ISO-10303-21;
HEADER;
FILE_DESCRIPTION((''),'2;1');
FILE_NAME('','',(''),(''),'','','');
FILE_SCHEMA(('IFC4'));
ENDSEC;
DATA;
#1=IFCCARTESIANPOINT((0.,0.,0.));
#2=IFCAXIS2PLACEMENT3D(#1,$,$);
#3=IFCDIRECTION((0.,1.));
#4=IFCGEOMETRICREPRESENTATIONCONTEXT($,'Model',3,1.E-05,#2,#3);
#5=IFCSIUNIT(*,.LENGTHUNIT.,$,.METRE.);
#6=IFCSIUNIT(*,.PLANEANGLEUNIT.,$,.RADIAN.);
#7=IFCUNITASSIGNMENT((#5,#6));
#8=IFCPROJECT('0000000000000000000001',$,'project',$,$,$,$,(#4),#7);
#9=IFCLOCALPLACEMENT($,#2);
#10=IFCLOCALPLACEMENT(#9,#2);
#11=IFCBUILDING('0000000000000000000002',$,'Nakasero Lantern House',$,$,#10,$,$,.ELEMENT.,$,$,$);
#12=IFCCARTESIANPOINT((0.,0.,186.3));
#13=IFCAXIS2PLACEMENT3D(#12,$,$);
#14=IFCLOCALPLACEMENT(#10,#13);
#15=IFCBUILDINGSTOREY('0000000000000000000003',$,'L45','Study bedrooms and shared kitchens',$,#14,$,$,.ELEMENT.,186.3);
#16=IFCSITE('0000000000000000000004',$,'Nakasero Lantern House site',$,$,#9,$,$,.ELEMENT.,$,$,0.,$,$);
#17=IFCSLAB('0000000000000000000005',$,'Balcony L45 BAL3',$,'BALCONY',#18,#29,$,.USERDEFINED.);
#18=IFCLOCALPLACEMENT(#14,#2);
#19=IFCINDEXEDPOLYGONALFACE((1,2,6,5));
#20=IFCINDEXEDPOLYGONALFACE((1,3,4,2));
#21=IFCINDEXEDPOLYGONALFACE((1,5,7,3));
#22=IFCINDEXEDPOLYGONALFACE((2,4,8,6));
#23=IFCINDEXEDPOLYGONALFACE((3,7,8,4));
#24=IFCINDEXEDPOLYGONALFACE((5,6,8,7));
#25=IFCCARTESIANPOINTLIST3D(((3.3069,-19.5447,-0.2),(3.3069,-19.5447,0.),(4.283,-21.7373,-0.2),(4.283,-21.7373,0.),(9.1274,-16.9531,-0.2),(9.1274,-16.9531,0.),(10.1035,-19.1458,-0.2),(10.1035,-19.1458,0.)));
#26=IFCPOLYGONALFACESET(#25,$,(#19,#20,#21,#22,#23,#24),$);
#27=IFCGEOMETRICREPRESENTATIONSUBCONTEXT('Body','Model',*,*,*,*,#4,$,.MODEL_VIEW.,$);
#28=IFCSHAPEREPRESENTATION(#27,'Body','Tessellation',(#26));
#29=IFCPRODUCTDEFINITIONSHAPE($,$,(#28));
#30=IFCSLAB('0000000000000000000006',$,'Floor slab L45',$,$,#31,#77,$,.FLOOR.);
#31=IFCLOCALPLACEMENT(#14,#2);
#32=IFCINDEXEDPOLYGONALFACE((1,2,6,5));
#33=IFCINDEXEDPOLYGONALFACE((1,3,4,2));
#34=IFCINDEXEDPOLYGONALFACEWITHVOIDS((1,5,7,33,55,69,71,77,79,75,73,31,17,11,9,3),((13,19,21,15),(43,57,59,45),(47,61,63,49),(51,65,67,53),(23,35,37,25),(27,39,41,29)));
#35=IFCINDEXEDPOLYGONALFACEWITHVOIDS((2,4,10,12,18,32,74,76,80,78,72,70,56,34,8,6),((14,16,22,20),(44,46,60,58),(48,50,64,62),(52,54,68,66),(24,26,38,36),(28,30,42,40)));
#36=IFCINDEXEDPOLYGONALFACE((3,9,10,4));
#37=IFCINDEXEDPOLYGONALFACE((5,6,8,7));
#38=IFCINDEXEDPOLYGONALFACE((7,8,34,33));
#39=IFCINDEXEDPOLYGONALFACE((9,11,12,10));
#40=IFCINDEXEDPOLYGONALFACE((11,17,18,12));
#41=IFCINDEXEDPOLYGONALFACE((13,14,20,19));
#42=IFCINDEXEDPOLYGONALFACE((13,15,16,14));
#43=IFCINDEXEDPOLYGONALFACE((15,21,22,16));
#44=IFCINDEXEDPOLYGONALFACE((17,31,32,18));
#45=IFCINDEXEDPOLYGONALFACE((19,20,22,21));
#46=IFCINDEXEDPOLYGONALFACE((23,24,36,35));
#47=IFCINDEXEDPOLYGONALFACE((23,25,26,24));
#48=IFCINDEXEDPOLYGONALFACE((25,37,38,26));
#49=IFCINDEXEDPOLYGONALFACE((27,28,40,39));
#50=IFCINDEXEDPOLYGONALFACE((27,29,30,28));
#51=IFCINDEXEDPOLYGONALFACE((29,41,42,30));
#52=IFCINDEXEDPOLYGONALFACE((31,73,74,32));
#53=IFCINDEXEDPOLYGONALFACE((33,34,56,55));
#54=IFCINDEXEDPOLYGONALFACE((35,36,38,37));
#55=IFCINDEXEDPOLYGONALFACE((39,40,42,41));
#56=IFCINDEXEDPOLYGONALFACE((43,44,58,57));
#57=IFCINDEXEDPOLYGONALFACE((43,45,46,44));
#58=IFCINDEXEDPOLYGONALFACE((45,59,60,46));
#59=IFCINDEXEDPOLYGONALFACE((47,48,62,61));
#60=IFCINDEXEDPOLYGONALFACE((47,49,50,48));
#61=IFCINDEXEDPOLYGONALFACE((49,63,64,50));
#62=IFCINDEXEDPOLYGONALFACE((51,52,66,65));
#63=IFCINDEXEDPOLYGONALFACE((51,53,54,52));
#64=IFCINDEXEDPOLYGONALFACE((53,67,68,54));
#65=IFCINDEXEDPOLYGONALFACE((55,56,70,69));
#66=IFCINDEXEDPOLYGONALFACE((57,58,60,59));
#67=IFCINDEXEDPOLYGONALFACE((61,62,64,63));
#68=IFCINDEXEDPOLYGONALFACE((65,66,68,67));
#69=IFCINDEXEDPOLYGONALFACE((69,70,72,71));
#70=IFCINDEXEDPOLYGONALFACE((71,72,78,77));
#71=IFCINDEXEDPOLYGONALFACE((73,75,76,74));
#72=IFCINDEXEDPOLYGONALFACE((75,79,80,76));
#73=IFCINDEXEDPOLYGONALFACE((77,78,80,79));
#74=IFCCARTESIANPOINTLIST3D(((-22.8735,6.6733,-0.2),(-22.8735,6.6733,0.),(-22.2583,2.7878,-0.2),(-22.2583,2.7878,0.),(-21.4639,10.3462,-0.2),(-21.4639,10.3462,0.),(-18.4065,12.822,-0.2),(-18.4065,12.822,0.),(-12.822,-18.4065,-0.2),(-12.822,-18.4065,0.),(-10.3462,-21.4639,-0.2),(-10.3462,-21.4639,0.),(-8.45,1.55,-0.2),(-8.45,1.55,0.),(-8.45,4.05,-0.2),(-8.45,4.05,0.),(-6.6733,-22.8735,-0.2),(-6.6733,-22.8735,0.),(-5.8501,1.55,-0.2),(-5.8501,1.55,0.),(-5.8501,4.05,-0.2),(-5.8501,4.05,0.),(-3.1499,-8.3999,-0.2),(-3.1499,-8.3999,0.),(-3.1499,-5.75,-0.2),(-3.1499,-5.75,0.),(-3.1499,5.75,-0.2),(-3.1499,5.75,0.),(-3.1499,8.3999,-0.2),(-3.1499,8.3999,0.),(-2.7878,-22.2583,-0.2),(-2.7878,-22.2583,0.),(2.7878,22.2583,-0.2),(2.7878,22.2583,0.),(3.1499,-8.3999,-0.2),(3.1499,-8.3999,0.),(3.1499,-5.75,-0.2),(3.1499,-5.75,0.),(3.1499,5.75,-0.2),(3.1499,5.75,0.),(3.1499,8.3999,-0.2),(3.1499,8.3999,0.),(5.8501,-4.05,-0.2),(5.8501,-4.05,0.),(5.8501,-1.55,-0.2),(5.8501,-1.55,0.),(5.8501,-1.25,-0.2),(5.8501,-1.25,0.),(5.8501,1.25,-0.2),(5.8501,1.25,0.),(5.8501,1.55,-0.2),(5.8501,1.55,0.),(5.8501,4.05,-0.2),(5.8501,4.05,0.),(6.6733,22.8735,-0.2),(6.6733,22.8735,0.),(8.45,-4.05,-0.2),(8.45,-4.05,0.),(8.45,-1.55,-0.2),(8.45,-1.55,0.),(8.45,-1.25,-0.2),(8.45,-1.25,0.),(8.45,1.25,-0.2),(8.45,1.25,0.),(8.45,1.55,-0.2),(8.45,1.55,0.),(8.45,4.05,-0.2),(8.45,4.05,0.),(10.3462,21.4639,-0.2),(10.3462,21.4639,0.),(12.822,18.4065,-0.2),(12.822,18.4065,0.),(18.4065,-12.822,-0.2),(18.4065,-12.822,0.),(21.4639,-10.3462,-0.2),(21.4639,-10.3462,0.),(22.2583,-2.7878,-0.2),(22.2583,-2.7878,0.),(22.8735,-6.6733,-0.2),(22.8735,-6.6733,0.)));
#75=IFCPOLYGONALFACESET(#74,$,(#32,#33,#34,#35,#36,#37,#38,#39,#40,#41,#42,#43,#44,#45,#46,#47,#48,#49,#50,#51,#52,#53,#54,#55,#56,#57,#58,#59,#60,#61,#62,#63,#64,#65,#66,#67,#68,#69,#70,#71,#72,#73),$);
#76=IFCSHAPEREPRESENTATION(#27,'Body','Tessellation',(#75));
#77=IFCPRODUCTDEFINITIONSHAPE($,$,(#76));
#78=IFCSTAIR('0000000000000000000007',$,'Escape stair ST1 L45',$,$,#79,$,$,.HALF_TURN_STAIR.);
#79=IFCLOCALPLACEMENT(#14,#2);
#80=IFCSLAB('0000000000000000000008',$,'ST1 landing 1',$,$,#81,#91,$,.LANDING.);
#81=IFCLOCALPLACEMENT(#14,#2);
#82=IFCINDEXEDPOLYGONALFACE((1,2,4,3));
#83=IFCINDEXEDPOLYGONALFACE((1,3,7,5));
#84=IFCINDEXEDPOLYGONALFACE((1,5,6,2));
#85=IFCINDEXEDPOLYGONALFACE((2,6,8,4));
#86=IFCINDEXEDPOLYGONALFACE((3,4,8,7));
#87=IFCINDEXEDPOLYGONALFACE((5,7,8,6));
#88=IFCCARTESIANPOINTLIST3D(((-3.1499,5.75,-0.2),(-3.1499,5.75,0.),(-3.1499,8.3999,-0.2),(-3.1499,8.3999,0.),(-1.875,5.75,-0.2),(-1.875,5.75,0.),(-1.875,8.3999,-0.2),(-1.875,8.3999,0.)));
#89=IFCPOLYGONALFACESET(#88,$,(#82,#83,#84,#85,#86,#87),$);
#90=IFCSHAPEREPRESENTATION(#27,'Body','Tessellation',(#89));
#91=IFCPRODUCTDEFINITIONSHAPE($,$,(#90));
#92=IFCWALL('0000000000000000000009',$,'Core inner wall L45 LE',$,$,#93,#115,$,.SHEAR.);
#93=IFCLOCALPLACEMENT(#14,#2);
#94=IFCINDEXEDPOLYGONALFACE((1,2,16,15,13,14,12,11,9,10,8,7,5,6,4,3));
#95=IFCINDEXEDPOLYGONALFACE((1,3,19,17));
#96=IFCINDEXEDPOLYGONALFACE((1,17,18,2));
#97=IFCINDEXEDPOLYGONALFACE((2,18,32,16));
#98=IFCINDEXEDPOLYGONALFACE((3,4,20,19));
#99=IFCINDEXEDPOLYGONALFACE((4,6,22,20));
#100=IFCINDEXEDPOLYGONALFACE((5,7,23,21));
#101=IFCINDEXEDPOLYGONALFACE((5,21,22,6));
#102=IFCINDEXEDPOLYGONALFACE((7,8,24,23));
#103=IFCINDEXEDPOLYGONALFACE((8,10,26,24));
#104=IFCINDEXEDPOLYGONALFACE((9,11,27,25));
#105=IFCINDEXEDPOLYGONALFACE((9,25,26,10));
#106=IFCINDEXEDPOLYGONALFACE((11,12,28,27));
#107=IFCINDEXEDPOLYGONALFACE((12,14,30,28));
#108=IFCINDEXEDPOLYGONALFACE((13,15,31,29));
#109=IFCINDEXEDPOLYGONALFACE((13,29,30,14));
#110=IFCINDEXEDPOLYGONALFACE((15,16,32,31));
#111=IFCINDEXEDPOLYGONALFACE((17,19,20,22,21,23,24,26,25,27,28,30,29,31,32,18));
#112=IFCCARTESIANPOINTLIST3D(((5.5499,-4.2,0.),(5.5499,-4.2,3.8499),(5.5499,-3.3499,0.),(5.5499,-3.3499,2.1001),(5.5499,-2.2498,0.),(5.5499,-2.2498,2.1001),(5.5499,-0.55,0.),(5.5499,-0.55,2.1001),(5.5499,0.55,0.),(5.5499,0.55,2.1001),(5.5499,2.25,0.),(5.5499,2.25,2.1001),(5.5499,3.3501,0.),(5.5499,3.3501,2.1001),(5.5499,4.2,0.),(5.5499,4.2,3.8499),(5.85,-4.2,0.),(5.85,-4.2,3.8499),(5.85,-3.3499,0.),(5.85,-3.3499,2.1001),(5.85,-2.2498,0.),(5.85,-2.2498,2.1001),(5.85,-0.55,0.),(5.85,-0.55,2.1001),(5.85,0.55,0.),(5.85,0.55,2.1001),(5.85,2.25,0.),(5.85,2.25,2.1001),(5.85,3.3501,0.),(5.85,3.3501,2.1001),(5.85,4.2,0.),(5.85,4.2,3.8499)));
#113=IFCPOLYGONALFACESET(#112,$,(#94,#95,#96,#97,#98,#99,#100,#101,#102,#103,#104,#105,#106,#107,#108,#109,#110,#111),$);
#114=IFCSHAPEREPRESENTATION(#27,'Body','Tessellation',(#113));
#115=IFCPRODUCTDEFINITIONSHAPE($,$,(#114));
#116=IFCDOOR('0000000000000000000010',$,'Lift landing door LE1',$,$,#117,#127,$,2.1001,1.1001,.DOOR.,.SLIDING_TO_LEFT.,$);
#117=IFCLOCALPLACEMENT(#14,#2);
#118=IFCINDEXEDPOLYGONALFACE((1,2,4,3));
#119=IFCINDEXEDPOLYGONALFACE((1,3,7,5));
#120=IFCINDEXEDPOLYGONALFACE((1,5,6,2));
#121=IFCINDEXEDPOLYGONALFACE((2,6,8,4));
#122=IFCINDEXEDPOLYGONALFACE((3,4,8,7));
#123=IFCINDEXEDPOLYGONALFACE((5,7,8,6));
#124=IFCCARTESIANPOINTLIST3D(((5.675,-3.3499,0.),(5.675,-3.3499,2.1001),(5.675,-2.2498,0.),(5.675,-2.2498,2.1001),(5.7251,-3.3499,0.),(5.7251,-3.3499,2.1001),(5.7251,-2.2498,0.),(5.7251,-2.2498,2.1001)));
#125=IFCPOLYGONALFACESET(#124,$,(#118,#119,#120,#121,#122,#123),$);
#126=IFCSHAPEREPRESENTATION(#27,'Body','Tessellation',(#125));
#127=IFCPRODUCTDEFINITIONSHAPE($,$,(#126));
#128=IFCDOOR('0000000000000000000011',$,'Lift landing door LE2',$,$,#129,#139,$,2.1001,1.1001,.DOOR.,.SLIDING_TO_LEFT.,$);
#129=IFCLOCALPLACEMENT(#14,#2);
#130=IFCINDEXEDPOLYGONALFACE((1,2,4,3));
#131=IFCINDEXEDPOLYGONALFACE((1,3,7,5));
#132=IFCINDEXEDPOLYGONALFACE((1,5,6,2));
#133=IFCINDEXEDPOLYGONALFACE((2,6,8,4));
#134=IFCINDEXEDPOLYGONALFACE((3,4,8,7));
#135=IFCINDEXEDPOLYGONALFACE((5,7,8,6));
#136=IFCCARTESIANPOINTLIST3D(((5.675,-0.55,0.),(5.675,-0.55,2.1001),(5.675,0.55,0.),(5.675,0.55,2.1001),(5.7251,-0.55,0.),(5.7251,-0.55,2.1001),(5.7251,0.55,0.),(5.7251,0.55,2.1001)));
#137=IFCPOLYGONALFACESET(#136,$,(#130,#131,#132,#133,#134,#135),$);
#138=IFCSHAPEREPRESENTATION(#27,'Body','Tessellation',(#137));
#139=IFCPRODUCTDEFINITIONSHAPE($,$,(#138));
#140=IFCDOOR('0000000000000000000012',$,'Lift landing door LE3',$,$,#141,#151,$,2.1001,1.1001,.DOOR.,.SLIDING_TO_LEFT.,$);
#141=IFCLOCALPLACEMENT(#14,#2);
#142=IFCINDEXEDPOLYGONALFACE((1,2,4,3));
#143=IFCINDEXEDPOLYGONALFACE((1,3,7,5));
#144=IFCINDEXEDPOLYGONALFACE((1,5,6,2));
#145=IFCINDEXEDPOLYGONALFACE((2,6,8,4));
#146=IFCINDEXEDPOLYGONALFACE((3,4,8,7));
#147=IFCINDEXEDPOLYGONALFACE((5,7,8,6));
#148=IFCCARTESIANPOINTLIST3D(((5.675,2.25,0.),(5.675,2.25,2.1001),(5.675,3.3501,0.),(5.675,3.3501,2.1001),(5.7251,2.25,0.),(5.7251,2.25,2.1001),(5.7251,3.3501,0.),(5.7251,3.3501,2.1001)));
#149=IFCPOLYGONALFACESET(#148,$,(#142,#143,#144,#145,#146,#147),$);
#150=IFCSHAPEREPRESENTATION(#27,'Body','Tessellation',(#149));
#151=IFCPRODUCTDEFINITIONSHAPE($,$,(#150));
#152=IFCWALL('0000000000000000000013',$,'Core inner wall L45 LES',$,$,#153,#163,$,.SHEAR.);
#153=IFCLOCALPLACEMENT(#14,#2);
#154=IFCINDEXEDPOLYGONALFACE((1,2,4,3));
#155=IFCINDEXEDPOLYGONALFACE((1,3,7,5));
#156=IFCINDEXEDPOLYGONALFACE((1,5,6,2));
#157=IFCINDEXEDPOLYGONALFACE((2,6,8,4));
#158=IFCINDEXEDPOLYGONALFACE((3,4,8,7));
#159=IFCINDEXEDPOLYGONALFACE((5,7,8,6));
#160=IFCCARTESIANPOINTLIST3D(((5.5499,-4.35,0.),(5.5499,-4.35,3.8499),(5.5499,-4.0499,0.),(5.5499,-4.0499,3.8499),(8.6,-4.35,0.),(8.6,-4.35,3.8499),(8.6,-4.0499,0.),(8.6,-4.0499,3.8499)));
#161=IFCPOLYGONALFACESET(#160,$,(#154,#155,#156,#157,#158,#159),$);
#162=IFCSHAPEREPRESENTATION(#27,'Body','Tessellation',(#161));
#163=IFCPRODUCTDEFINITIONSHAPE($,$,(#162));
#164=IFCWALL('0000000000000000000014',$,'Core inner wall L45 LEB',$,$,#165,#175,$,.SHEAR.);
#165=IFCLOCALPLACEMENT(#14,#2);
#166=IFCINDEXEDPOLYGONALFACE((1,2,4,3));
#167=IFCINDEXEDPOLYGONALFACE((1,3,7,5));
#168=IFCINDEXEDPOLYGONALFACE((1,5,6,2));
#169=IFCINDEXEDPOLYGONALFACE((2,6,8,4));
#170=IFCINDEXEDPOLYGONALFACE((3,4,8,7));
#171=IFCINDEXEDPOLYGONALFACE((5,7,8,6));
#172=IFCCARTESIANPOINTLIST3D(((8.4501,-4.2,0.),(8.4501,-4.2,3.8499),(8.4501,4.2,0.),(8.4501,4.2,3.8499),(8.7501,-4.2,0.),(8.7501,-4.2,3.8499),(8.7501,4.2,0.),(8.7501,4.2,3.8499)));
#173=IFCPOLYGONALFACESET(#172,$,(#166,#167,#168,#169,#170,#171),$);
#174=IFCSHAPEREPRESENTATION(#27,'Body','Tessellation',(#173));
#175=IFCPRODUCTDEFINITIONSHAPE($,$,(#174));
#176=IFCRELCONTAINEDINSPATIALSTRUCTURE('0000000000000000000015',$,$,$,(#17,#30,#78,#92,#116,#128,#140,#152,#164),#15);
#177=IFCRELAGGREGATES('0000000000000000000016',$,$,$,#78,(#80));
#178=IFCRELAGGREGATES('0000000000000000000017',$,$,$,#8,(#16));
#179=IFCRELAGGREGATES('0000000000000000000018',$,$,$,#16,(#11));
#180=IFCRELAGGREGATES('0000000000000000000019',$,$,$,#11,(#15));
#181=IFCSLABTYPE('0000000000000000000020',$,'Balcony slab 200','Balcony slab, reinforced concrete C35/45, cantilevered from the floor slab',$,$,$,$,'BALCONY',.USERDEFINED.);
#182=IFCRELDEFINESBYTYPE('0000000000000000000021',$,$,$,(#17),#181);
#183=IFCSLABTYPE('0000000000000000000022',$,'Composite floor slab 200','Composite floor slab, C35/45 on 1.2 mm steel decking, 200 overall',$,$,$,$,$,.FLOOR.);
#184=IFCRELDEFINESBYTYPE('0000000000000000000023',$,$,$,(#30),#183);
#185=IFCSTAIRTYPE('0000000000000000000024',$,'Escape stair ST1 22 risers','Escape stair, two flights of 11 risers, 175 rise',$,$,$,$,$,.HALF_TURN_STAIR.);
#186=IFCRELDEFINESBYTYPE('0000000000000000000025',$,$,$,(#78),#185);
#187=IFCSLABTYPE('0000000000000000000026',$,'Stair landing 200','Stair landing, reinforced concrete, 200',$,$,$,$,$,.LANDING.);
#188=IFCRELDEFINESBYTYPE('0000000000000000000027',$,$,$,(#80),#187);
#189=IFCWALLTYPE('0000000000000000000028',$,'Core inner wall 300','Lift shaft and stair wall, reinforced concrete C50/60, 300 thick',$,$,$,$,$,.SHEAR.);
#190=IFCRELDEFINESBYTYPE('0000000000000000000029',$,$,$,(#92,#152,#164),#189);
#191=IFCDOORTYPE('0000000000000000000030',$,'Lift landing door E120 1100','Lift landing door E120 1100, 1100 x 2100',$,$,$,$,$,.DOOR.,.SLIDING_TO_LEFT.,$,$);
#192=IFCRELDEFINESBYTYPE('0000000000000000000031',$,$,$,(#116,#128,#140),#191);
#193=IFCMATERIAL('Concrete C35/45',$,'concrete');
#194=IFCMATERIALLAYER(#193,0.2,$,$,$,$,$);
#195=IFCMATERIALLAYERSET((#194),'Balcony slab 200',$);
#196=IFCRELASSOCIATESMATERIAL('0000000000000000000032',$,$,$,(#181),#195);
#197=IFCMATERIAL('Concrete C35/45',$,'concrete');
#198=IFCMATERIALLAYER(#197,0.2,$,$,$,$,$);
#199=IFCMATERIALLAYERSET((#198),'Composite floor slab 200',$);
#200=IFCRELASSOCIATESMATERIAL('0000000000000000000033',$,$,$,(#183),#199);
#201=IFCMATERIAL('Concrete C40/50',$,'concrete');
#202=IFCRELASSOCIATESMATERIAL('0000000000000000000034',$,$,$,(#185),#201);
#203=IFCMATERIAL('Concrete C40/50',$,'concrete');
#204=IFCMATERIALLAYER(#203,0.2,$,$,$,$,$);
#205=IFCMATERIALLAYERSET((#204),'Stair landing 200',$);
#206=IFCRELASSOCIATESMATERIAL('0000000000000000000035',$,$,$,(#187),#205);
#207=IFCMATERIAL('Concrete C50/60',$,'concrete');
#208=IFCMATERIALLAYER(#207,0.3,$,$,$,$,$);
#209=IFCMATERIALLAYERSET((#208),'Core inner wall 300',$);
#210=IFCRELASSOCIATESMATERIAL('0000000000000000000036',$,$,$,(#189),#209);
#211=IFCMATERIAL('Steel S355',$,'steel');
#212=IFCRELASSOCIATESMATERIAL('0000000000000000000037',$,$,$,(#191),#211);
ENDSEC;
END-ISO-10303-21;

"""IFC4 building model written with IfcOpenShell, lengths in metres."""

from ifc_helpers import new_model, si_unit, direction, frame, frame_2d, origin, place, context, subcontext, project, spatial, polyline, rectangle, outline, extrude, material, layer, layer_set, type_object, element, fill, aggregate, save


model = new_model("IFC4")

# Units and contexts
model_context = context("Model", 3, precision=1e-05, world=origin(), true_north=direction((0.0, 1.0)))
body_context = subcontext(model_context, "Body", "Model", "MODEL_VIEW")
ifc_project = project(units=[si_unit("LENGTHUNIT", "METRE"), si_unit("PLANEANGLEUNIT", "RADIAN")], contexts=[model_context])

# Site, building, storey
site_placement = place(None, origin())
site = spatial("IfcSite", under=ifc_project, at=site_placement, Name="Nakasero Lantern House site", CompositionType="ELEMENT", RefElevation=0.0)
building_placement = place(site_placement, origin())
building = spatial("IfcBuilding", under=site, at=building_placement, Name="Nakasero Lantern House", CompositionType="ELEMENT")
storey_placement = place(building_placement, frame((0.0, 0.0, 186.3)))
storey = spatial("IfcBuildingStorey", under=building, at=storey_placement, Name="L45", Description="Study bedrooms and shared kitchens", CompositionType="ELEMENT", Elevation=186.3)

# Slabs
ifc_material_1 = material(Name="Concrete C35/45", Category="concrete")
ifc_layer_1 = layer(ifc_material_1, 0.2)
ifc_layer_set_1 = layer_set([ifc_layer_1], Name="Balcony slab 200")
slab_type_1 = type_object("IfcSlabType", Name="Balcony slab 200", Description="Balcony slab, reinforced concrete C35/45, cantilevered from the floor slab", ElementType="BALCONY", PredefinedType="USERDEFINED", material=ifc_layer_set_1)
slab_1_placement = place(storey_placement, frame((0.0, 0.0, -0.2)))
element("IfcSlab", 1, at=slab_1_placement, inside=storey, type_object=slab_type_1, Name="Balcony L45 BAL3", ObjectType="BALCONY", PredefinedType="USERDEFINED", context=body_context, shape_type="SweptSolid", body=[
    extrude(outline(polyline([(3.3069, -19.5447), (4.283, -21.7373), (10.1035, -19.1458), (9.1274, -16.9531), (3.3069, -19.5447)])), origin(), (0.0, 0.0, 1.0), 0.2),
])
ifc_material_2 = material(Name="Concrete C35/45", Category="concrete")
ifc_layer_2 = layer(ifc_material_2, 0.2)
ifc_layer_set_2 = layer_set([ifc_layer_2], Name="Composite floor slab 200")
slab_type_2 = type_object("IfcSlabType", Name="Composite floor slab 200", Description="Composite floor slab, C35/45 on 1.2 mm steel decking, 200 overall", PredefinedType="FLOOR", material=ifc_layer_set_2)
slab_2_placement = place(storey_placement, frame((0.0, 0.0, -0.2)))
element("IfcSlab", 2, at=slab_2_placement, inside=storey, type_object=slab_type_2, Name="Floor slab L45", PredefinedType="FLOOR", context=body_context, shape_type="SweptSolid", body=[
    extrude(outline(polyline([(12.822, 18.4065), (10.3462, 21.4639), (6.6733, 22.8735), (2.7878, 22.2583), (-18.4065, 12.822), (-21.4639, 10.3462), (-22.8735, 6.6733), (-22.2583, 2.7878), (-12.822, -18.4065), (-10.3462, -21.4639), (-6.6733, -22.8735), (-2.7878, -22.2583), (18.4065, -12.822), (21.4639, -10.3462), (22.8735, -6.6733), (22.2583, -2.7878), (12.822, 18.4065)]), holes=[polyline([(-8.45, 1.55), (-5.8501, 1.55), (-5.8501, 4.05), (-8.45, 4.05), (-8.45, 1.55)]), polyline([(5.8501, -4.05), (8.45, -4.05), (8.45, -1.55), (5.8501, -1.55), (5.8501, -4.05)]), polyline([(5.8501, -1.25), (8.45, -1.25), (8.45, 1.25), (5.8501, 1.25), (5.8501, -1.25)]), polyline([(5.8501, 1.55), (8.45, 1.55), (8.45, 4.05), (5.8501, 4.05), (5.8501, 1.55)]), polyline([(-3.1499, 5.75), (3.1499, 5.75), (3.1499, 8.3999), (-3.1499, 8.3999), (-3.1499, 5.75)]), polyline([(-3.1499, -8.3999), (3.1499, -8.3999), (3.1499, -5.75), (-3.1499, -5.75), (-3.1499, -8.3999)])]), origin(), (0.0, 0.0, 1.0), 0.2),
])

# Stair, slab
ifc_material_3 = material(Name="Concrete C40/50", Category="concrete")
stair_type_1 = type_object("IfcStairType", Name="Escape stair ST1 22 risers", Description="Escape stair, two flights of 11 risers, 175 rise", PredefinedType="HALF_TURN_STAIR", material=ifc_material_3)
stair_1_placement = place(storey_placement, origin())
stair_1 = element("IfcStair", 3, at=stair_1_placement, inside=storey, type_object=stair_type_1, Name="Escape stair ST1 L45", PredefinedType="HALF_TURN_STAIR")
ifc_material_4 = material(Name="Concrete C40/50", Category="concrete")
ifc_layer_3 = layer(ifc_material_4, 0.2)
ifc_layer_set_3 = layer_set([ifc_layer_3], Name="Stair landing 200")
slab_type_3 = type_object("IfcSlabType", Name="Stair landing 200", Description="Stair landing, reinforced concrete, 200", PredefinedType="LANDING", material=ifc_layer_set_3)
slab_3_placement = place(storey_placement, frame((0.0, 0.0, -0.2)))
slab_3 = element("IfcSlab", 4, at=slab_3_placement, type_object=slab_type_3, Name="ST1 landing 1", PredefinedType="LANDING", context=body_context, shape_type="SweptSolid", body=[
    extrude(outline(polyline([(-3.1499, 5.75), (-1.875, 5.75), (-1.875, 8.3999), (-3.1499, 8.3999), (-3.1499, 5.75)])), origin(), (0.0, 0.0, 1.0), 0.2),
])
aggregate(stair_1, [slab_3])

# Wall, openings, doors
ifc_material_5 = material(Name="Concrete C50/60", Category="concrete")
ifc_layer_4 = layer(ifc_material_5, 0.3)
ifc_layer_set_4 = layer_set([ifc_layer_4], Name="Core inner wall 300")
wall_type_1 = type_object("IfcWallType", Name="Core inner wall 300", Description="Lift shaft and stair wall, reinforced concrete C50/60, 300 thick", PredefinedType="SHEAR", material=ifc_layer_set_4)
wall_1_placement = place(storey_placement, frame((5.7, -4.2, 0.0), z_axis=(0.0, 0.0, 1.0), x_axis=(0.0, 1.0, 0.0)))
wall_1 = element("IfcWall", 5, at=wall_1_placement, inside=storey, type_object=wall_type_1, Name="Core inner wall L45 LE", PredefinedType="SHEAR", context=body_context, shape_type="SweptSolid", body=[
    extrude(rectangle(XDim=8.3999, YDim=0.3, at=frame_2d((4.2, 0.0))), origin(), (0.0, 0.0, 1.0), 3.8499),
])
opening_1_placement = place(wall_1_placement, frame((0.8501, 0.0, 0.0)))
opening_1 = element("IfcOpeningElement", 6, at=opening_1_placement, cuts=wall_1, PredefinedType="OPENING", context=body_context, shape_type="SweptSolid", body=[
    extrude(rectangle(XDim=1.1001, YDim=2.1001, at=frame_2d((0.55, 1.05))), frame((0.0, 0.1699, 0.0), z_axis=(0.0, -1.0, 0.0), x_axis=(1.0, 0.0, 0.0)), (0.0, 0.0, 1.0), 0.3401),
])
opening_2_placement = place(wall_1_placement, frame((3.6499, 0.0, 0.0)))
opening_2 = element("IfcOpeningElement", 7, at=opening_2_placement, cuts=wall_1, PredefinedType="OPENING", context=body_context, shape_type="SweptSolid", body=[
    extrude(rectangle(XDim=1.1001, YDim=2.1001, at=frame_2d((0.55, 1.05))), frame((0.0, 0.1699, 0.0), z_axis=(0.0, -1.0, 0.0), x_axis=(1.0, 0.0, 0.0)), (0.0, 0.0, 1.0), 0.3401),
])
opening_3_placement = place(wall_1_placement, frame((6.45, 0.0, 0.0)))
opening_3 = element("IfcOpeningElement", 8, at=opening_3_placement, cuts=wall_1, PredefinedType="OPENING", context=body_context, shape_type="SweptSolid", body=[
    extrude(rectangle(XDim=1.1001, YDim=2.1001, at=frame_2d((0.55, 1.05))), frame((0.0, 0.1699, 0.0), z_axis=(0.0, -1.0, 0.0), x_axis=(1.0, 0.0, 0.0)), (0.0, 0.0, 1.0), 0.3401),
])
ifc_material_6 = material(Name="Steel S355", Category="steel")
door_type_1 = type_object("IfcDoorType", Name="Lift landing door E120 1100", Description="Lift landing door E120 1100, 1100 x 2100", OperationType="SLIDING_TO_LEFT", PredefinedType="DOOR", material=ifc_material_6)
door_1_placement = place(opening_1_placement, origin())
door_1 = element("IfcDoor", 9, at=door_1_placement, inside=storey, type_object=door_type_1, Name="Lift landing door LE1", OperationType="SLIDING_TO_LEFT", OverallHeight=2.1001, OverallWidth=1.1001, PredefinedType="DOOR", context=body_context, shape_type="SweptSolid", body=[
    extrude(rectangle(XDim=1.1001, YDim=2.1001, at=frame_2d((0.55, 1.05))), frame((0.0, 0.0249, 0.0), z_axis=(0.0, -1.0, 0.0), x_axis=(1.0, 0.0, 0.0)), (0.0, 0.0, 1.0), 0.05),
])
fill(opening_1, door_1)
door_2_placement = place(opening_2_placement, origin())
door_2 = element("IfcDoor", 10, at=door_2_placement, inside=storey, type_object=door_type_1, Name="Lift landing door LE2", OperationType="SLIDING_TO_LEFT", OverallHeight=2.1001, OverallWidth=1.1001, PredefinedType="DOOR", context=body_context, shape_type="SweptSolid", body=[
    extrude(rectangle(XDim=1.1001, YDim=2.1001, at=frame_2d((0.55, 1.05))), frame((0.0, 0.0249, 0.0), z_axis=(0.0, -1.0, 0.0), x_axis=(1.0, 0.0, 0.0)), (0.0, 0.0, 1.0), 0.05),
])
fill(opening_2, door_2)
door_3_placement = place(opening_3_placement, origin())
door_3 = element("IfcDoor", 11, at=door_3_placement, inside=storey, type_object=door_type_1, Name="Lift landing door LE3", OperationType="SLIDING_TO_LEFT", OverallHeight=2.1001, OverallWidth=1.1001, PredefinedType="DOOR", context=body_context, shape_type="SweptSolid", body=[
    extrude(rectangle(XDim=1.1001, YDim=2.1001, at=frame_2d((0.55, 1.05))), frame((0.0, 0.0249, 0.0), z_axis=(0.0, -1.0, 0.0), x_axis=(1.0, 0.0, 0.0)), (0.0, 0.0, 1.0), 0.05),
])
fill(opening_3, door_3)

# Walls
wall_2_placement = place(storey_placement, frame((5.55, -4.2, 0.0), z_axis=(0.0, 0.0, 1.0), x_axis=(1.0, 0.0, 0.0)))
element("IfcWall", 12, at=wall_2_placement, inside=storey, type_object=wall_type_1, Name="Core inner wall L45 LES", PredefinedType="SHEAR", context=body_context, shape_type="SweptSolid", body=[
    extrude(rectangle(XDim=3.05, YDim=0.3, at=frame_2d((1.5249, 0.0))), origin(), (0.0, 0.0, 1.0), 3.8499),
])
wall_3_placement = place(storey_placement, frame((8.6001, -4.2, 0.0), z_axis=(0.0, 0.0, 1.0), x_axis=(0.0, 1.0, 0.0)))
element("IfcWall", 13, at=wall_3_placement, inside=storey, type_object=wall_type_1, Name="Core inner wall L45 LEB", PredefinedType="SHEAR", context=body_context, shape_type="SweptSolid", body=[
    extrude(rectangle(XDim=8.3999, YDim=0.3, at=frame_2d((4.2, 0.0))), origin(), (0.0, 0.0, 1.0), 3.8499),
])

save(model, "model.ifc")
